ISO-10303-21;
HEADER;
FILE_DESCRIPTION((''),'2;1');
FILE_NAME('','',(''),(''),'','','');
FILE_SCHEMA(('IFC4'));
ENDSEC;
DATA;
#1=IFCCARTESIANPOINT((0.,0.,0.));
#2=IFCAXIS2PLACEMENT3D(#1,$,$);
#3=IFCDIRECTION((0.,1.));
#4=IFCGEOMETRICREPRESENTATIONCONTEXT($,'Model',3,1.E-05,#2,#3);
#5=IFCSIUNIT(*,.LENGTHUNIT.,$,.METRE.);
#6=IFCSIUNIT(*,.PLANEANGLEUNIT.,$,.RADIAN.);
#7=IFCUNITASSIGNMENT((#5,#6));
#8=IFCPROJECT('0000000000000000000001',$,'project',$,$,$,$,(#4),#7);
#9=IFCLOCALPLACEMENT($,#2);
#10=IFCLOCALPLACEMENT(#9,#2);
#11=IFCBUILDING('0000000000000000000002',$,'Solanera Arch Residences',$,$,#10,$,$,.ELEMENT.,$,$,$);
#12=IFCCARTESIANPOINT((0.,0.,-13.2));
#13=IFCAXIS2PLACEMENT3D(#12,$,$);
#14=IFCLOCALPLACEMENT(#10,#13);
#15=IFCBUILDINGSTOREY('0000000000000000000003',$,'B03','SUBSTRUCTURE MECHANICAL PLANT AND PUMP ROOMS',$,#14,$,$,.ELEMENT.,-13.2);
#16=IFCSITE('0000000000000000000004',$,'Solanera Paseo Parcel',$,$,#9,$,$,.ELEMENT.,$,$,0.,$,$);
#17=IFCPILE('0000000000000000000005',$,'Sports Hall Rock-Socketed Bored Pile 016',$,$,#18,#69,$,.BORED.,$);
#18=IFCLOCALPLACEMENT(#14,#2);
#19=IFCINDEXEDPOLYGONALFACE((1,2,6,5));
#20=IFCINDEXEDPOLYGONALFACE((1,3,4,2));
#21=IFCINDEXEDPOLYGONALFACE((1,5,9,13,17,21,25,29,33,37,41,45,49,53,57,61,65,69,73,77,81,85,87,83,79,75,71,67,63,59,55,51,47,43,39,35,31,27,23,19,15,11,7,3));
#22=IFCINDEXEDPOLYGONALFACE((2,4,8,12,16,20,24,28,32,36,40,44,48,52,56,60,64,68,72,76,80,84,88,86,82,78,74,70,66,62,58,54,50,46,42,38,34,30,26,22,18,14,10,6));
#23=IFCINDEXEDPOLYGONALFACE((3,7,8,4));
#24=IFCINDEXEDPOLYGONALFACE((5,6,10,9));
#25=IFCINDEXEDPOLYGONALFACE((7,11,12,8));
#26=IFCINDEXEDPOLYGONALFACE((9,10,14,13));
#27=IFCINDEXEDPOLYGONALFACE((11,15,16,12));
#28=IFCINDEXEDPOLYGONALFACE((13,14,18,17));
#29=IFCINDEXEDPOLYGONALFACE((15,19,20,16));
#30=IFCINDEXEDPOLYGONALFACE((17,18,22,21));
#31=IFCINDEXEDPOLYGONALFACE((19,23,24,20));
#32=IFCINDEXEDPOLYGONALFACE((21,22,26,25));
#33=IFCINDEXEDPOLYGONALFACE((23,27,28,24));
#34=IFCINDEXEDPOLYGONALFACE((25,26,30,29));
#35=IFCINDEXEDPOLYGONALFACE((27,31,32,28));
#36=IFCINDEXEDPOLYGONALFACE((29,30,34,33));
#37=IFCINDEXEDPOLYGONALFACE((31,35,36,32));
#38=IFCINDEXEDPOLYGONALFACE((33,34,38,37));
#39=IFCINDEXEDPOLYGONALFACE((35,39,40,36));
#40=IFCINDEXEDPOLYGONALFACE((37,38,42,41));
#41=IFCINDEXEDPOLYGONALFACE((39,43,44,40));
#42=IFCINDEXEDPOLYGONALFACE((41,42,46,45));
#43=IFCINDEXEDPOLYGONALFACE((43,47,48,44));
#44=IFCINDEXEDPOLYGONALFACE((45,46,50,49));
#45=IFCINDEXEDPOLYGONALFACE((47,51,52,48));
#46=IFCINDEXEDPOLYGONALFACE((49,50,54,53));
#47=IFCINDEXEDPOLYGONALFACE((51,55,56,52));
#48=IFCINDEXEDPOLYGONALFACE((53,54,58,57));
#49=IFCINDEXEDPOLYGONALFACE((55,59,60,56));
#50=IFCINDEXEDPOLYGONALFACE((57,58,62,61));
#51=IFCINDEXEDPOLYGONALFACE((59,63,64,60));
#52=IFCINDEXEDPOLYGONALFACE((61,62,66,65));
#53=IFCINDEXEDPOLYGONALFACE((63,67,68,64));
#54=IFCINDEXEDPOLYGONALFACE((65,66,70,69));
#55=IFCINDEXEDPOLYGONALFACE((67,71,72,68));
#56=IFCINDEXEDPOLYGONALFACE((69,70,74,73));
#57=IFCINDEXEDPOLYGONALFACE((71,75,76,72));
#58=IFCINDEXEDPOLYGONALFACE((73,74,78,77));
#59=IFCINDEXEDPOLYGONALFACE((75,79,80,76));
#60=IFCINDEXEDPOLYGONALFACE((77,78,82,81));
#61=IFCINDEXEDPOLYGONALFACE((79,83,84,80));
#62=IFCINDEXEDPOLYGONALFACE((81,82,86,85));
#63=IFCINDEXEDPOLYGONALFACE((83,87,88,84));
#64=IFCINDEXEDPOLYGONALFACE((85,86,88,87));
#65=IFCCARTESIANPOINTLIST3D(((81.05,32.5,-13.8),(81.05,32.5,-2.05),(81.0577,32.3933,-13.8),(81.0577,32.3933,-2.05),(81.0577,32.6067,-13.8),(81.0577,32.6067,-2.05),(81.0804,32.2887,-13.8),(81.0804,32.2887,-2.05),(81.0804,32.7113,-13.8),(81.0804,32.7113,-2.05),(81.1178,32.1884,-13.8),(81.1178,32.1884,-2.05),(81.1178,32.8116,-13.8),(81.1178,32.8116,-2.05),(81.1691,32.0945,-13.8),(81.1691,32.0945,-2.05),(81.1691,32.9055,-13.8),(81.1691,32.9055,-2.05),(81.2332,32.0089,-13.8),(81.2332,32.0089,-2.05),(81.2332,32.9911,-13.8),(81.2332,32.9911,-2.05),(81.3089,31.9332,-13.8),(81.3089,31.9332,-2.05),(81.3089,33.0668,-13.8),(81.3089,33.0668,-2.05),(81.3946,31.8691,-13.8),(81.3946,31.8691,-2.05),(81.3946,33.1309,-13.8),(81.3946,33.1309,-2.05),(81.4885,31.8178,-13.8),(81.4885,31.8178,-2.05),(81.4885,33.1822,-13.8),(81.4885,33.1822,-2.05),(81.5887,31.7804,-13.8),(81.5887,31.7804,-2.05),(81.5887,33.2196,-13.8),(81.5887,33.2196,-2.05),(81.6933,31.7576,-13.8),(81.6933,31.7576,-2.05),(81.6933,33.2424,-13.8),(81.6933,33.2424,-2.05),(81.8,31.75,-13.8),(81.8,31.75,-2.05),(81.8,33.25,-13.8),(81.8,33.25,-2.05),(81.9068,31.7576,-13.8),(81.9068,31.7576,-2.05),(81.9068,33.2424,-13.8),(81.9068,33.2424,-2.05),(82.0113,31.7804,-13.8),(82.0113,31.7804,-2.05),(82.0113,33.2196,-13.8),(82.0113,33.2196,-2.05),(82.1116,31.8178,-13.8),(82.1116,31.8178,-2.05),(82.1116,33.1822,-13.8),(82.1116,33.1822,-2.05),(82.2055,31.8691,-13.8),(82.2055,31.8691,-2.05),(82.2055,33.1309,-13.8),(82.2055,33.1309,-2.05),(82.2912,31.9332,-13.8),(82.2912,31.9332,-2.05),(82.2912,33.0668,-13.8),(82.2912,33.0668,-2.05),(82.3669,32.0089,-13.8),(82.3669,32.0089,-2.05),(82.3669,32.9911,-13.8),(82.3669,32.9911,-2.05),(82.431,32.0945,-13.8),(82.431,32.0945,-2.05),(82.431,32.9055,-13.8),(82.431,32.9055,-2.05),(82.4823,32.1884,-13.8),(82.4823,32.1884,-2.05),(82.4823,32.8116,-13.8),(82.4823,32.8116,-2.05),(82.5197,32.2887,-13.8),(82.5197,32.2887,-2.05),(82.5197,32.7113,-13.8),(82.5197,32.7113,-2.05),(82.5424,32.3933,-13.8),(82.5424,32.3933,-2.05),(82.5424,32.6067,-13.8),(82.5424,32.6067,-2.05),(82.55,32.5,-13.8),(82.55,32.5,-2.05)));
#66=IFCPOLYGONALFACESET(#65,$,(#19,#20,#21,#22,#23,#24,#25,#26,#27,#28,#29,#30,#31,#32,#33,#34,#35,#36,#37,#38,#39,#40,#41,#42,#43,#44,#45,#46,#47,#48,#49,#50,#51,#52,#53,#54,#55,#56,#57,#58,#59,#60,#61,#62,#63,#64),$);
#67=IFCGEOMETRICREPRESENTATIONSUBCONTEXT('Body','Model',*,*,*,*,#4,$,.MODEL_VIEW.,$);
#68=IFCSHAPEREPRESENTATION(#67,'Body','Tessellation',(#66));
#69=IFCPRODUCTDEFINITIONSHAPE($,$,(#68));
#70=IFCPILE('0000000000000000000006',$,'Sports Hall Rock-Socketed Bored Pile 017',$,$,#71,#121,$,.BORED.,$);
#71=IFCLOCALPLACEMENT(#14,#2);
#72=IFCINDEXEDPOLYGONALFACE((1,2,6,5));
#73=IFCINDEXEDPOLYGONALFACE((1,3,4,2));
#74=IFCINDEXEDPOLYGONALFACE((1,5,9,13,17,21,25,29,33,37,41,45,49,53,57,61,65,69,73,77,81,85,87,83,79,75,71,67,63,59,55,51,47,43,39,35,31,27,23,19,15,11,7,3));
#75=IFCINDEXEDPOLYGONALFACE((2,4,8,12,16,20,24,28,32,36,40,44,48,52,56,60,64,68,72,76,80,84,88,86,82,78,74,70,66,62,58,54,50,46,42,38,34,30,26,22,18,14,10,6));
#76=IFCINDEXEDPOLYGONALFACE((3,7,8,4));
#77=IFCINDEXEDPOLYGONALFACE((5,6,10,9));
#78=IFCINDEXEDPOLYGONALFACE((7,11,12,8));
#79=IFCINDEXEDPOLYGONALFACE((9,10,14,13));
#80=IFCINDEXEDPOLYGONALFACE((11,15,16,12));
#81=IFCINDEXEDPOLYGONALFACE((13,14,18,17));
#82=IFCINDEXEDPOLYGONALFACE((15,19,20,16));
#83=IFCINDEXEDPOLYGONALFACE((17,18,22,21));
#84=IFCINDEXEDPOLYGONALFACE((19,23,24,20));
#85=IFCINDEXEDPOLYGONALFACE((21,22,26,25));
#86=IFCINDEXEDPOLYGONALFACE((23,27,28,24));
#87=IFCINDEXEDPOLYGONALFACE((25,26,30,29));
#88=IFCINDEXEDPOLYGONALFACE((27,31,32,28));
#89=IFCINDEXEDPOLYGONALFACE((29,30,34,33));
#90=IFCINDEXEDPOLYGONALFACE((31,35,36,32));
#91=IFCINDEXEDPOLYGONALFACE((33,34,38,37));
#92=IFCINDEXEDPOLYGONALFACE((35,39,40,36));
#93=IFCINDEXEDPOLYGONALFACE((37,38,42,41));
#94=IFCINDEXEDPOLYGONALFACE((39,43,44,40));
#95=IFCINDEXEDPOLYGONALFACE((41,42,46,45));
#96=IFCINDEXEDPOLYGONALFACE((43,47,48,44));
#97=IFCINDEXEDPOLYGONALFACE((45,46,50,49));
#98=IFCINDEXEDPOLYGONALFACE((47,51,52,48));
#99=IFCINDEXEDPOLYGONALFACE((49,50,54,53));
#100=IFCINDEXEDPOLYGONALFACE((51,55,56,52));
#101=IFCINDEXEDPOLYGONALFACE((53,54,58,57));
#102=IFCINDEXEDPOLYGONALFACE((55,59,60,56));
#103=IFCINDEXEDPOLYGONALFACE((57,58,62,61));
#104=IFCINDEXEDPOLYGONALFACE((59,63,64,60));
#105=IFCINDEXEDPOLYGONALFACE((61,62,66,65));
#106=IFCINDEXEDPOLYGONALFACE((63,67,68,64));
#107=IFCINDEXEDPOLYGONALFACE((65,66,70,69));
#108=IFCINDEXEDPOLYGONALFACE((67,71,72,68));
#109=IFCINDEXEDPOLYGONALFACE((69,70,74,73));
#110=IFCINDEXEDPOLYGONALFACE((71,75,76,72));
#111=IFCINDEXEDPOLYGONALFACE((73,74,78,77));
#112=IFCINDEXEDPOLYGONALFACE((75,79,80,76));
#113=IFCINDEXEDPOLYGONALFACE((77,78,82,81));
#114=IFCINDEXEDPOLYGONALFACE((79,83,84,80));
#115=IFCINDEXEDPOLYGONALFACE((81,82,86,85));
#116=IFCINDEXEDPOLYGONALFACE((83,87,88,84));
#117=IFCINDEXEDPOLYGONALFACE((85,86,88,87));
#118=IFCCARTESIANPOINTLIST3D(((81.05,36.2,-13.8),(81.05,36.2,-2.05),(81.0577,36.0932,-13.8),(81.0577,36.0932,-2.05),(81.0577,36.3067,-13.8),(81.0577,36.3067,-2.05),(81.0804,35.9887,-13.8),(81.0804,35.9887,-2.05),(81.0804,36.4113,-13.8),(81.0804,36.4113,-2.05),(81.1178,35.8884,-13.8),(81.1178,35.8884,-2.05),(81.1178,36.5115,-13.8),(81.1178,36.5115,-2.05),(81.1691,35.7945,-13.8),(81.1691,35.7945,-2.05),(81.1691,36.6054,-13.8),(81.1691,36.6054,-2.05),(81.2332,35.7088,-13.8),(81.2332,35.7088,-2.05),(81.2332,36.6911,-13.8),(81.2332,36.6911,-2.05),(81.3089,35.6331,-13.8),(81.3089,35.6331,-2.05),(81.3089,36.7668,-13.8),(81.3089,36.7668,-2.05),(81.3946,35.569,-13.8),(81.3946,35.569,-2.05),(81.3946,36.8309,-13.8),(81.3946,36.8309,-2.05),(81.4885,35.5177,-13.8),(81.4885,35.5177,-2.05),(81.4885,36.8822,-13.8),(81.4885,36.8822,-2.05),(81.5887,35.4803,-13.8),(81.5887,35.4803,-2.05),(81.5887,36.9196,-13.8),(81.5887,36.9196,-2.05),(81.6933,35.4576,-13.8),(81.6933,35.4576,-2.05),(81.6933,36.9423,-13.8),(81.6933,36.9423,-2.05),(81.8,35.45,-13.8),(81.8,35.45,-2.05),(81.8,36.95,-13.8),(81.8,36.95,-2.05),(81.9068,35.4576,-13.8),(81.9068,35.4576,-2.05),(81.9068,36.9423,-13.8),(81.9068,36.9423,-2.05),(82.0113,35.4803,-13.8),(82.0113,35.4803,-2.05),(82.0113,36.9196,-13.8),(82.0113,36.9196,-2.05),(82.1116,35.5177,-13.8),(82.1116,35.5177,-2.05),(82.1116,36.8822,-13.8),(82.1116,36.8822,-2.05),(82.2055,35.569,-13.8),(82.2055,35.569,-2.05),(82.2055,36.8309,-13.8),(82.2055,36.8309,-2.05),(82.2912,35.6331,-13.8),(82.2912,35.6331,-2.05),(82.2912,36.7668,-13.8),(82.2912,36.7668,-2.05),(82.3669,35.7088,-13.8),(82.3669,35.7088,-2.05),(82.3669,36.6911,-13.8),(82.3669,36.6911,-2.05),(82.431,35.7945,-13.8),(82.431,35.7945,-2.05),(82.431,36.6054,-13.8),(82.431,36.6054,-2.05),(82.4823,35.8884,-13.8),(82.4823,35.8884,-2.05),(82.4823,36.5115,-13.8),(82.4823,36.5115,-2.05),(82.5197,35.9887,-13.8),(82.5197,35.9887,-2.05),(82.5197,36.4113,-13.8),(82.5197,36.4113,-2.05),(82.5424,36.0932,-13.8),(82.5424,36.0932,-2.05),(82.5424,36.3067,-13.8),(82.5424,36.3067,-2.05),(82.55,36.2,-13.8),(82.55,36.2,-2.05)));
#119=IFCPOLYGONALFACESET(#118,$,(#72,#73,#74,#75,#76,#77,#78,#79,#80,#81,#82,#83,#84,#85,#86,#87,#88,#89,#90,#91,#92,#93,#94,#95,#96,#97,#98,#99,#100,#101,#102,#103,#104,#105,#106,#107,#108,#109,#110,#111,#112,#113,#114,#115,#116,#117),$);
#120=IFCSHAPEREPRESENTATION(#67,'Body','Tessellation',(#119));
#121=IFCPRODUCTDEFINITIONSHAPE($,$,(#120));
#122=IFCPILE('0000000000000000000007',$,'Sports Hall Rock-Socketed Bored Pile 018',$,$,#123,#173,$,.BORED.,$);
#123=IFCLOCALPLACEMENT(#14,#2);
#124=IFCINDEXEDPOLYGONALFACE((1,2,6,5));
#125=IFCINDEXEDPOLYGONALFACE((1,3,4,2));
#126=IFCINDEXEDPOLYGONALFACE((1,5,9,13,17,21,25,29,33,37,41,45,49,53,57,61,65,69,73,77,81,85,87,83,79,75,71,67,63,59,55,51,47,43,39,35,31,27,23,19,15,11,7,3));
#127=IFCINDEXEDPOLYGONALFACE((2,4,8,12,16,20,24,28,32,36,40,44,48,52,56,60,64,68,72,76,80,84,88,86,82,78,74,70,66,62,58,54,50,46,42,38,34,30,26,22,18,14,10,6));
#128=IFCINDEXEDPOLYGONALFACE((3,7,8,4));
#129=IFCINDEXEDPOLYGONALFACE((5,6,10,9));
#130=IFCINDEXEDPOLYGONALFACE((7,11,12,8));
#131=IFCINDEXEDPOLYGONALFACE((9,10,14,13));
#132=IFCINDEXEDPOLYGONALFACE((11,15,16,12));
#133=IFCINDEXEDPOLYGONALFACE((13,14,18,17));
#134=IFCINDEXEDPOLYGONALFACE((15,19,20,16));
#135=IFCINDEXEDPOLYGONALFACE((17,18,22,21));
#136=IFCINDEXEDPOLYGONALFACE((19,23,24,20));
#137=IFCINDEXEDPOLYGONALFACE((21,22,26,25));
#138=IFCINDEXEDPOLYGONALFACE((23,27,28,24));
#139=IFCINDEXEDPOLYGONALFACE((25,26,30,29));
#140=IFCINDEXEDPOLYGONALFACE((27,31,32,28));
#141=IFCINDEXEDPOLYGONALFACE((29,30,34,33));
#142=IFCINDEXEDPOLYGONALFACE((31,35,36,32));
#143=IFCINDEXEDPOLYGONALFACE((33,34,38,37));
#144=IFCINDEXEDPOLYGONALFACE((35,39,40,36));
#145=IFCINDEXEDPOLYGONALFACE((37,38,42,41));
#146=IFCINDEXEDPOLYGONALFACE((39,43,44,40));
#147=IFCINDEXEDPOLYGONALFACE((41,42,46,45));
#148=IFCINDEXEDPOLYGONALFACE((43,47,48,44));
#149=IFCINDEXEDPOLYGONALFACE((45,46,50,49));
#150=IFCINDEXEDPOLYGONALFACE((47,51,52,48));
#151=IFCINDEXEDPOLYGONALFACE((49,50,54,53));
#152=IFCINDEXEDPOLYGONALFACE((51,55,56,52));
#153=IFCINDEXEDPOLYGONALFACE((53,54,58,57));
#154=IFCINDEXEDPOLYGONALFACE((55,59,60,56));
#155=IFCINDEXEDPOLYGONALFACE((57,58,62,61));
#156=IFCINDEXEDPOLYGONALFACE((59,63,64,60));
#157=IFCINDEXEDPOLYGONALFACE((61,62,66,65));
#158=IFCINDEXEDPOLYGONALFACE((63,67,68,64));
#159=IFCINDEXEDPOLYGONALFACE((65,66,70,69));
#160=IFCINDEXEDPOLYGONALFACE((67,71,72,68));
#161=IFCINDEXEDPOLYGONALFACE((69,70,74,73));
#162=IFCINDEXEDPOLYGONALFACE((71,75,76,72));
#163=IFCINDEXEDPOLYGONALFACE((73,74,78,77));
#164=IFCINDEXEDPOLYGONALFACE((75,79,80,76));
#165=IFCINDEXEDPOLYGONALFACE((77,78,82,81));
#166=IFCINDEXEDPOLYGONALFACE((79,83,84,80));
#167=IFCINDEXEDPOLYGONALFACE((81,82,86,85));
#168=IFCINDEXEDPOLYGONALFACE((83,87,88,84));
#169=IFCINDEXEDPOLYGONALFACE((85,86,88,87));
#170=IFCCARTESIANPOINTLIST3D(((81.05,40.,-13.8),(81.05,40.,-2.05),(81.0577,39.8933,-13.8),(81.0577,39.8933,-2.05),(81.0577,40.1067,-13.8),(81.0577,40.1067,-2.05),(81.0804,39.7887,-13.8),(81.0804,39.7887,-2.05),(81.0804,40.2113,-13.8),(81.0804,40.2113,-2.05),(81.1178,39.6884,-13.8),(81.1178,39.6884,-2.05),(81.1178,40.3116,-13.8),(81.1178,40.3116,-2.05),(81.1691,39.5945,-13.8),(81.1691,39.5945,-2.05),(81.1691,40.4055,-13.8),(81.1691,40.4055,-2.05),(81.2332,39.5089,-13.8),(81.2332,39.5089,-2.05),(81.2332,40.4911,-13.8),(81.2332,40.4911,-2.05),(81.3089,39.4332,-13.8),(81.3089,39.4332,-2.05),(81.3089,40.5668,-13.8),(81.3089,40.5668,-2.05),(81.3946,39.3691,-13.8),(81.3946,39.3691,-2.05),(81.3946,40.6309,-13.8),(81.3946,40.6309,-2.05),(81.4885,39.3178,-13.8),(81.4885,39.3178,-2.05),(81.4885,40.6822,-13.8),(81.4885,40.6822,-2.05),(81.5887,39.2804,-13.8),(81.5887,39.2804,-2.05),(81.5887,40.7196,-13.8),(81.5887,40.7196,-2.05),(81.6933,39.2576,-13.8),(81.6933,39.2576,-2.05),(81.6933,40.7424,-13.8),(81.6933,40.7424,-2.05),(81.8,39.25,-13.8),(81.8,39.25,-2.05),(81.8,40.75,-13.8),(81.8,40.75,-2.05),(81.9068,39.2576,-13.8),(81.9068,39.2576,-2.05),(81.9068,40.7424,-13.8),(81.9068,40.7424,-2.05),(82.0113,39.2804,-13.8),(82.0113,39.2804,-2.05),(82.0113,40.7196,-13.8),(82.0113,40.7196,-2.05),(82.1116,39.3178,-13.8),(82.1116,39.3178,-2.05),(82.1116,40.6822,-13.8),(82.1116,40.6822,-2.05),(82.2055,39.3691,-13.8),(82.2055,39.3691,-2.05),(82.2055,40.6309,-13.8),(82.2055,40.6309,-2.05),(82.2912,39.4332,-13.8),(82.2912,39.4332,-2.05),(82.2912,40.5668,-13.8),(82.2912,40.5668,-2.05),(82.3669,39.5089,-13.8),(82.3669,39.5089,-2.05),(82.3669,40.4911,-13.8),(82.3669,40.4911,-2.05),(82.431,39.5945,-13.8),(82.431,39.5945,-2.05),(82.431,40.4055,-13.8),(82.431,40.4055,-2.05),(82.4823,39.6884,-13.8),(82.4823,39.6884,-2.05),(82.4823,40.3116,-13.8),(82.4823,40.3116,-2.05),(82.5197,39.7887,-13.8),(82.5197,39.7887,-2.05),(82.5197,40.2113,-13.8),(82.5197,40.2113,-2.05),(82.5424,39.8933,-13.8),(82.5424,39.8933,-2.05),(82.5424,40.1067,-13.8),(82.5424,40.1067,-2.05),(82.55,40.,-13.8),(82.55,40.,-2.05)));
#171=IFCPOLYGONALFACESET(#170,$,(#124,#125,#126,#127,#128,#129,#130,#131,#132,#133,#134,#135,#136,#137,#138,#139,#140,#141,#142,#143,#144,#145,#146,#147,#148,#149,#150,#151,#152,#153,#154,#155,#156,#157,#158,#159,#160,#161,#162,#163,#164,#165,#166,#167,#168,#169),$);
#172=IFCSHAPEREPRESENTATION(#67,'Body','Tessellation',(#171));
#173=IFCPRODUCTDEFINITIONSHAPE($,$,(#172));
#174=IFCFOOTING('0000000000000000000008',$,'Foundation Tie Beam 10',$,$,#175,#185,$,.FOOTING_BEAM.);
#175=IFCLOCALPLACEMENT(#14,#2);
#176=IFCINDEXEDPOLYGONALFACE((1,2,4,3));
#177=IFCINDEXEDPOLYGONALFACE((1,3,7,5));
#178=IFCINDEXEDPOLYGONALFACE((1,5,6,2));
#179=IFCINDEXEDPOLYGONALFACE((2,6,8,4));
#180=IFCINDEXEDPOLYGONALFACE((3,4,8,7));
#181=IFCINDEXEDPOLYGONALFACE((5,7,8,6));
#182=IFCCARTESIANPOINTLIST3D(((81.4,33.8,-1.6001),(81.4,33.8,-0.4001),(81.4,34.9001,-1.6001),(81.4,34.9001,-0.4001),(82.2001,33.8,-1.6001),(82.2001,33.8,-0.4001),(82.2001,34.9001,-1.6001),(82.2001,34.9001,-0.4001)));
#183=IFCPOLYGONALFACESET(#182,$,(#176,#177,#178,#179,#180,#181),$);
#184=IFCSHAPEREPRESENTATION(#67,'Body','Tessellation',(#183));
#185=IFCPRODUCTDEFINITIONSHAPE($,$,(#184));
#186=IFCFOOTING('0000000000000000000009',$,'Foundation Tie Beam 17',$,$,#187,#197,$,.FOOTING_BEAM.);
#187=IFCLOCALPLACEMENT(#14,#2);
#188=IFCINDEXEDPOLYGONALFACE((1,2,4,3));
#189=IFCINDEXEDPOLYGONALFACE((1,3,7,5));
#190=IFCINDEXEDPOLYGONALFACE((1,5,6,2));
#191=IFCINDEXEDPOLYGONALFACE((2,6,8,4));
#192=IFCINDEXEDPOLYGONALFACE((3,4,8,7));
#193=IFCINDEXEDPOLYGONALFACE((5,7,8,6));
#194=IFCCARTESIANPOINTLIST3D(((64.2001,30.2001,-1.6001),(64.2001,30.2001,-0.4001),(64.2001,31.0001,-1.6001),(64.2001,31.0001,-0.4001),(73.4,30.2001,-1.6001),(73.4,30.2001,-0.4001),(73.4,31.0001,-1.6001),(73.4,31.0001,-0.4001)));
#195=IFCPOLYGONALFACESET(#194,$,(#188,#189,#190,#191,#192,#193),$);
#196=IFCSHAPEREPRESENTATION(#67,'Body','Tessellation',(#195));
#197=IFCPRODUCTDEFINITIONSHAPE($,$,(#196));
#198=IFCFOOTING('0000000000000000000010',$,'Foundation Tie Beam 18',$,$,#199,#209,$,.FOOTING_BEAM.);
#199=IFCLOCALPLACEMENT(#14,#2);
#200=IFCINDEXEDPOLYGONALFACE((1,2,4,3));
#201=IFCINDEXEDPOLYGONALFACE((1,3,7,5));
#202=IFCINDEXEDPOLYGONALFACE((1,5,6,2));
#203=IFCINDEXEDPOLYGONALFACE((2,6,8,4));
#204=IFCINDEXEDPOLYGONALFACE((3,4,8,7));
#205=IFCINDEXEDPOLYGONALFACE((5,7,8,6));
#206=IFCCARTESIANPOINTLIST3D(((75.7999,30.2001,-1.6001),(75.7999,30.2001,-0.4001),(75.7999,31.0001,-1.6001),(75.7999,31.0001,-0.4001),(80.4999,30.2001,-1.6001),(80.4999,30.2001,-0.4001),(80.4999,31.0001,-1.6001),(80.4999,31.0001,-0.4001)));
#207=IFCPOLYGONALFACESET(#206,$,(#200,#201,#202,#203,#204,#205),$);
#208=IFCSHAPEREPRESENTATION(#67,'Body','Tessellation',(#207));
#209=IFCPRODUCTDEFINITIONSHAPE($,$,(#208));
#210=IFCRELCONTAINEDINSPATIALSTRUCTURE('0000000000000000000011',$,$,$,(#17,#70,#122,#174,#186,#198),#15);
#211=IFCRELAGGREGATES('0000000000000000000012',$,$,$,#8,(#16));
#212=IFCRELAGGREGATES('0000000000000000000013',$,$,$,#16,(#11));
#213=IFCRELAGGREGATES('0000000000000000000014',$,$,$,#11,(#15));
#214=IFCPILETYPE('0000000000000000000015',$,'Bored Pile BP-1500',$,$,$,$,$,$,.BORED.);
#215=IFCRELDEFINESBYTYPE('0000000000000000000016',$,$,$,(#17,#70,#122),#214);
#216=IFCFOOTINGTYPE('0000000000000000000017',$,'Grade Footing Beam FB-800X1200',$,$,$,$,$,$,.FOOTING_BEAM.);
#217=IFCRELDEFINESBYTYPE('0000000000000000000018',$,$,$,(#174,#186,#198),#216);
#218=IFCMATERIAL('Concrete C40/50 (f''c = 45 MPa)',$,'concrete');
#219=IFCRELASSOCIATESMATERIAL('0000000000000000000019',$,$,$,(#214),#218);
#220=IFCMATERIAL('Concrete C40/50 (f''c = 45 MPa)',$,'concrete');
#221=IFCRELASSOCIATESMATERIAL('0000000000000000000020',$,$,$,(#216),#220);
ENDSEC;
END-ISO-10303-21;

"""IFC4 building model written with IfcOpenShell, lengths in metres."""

from ifc_helpers import new_model, si_unit, direction, frame, origin, origin_2d, place, context, subcontext, project, spatial, rectangle, circle, extrude, material, material_profile, profile_set, type_object, element, save


model = new_model("IFC4")

# Units and contexts
model_context = context("Model", 3, precision=1e-05, world=origin(), true_north=direction((0.0, 1.0)))
body_context = subcontext(model_context, "Body", "Model", "MODEL_VIEW")
ifc_project = project(units=[si_unit("LENGTHUNIT", "METRE"), si_unit("PLANEANGLEUNIT", "RADIAN")], contexts=[model_context])

# Site, building, storey
site_placement = place(None, origin())
site = spatial("IfcSite", under=ifc_project, at=site_placement, Name="Solanera Paseo Parcel", CompositionType="ELEMENT", RefElevation=0.0)
building_placement = place(site_placement, origin())
building = spatial("IfcBuilding", under=site, at=building_placement, Name="Solanera Arch Residences", CompositionType="ELEMENT")
storey_placement = place(building_placement, frame((0.0, 0.0, -13.2)))
storey = spatial("IfcBuildingStorey", under=building, at=storey_placement, Name="B03", Description="SUBSTRUCTURE MECHANICAL PLANT AND PUMP ROOMS", CompositionType="ELEMENT", Elevation=-13.2)

# Piles
ifc_material_1 = material(Name="Concrete C40/50 (f'c = 45 MPa)", Category="concrete")
ifc_material_profile_1 = material_profile(ifc_material_1, circle(Radius=0.75, at=origin_2d()))
ifc_profile_set_1 = profile_set([ifc_material_profile_1], Name="Concrete C40/50 (f'c = 45 MPa)")
pile_type = type_object("IfcPileType", Name="Bored Pile BP-1500", PredefinedType="BORED", material=ifc_profile_set_1)
for number, where, z_axis, x_axis, name in (
    (1, (81.8, 32.5, -2.05), (0.0, 0.0, -1.0), (1.0, 0.0, 0.0), "Sports Hall Rock-Socketed Bored Pile 016"),
    (2, (81.8, 36.2, -2.05), (0.0, 0.0, -1.0), (1.0, 0.0, 0.0), "Sports Hall Rock-Socketed Bored Pile 017"),
    (3, (81.8, 40.0, -2.05), (0.0, 0.0, -1.0), (1.0, 0.0, 0.0), "Sports Hall Rock-Socketed Bored Pile 018"),
):
    element("IfcPile", number, at=place(storey_placement, frame(where, z_axis=z_axis, x_axis=x_axis)), inside=storey, type_object=pile_type, Name=name, PredefinedType="BORED", context=body_context, shape_type="SweptSolid", body=[
        extrude(circle(Radius=0.75, at=origin_2d()), origin(), (0.0, 0.0, 1.0), 11.75),
    ])

# Footings
ifc_material_2 = material(Name="Concrete C40/50 (f'c = 45 MPa)", Category="concrete")
footing_type_1 = type_object("IfcFootingType", Name="Grade Footing Beam FB-800X1200", PredefinedType="FOOTING_BEAM", material=ifc_material_2)
footing_1_placement = place(storey_placement, frame((81.8, 34.3501, -1.6001), z_axis=(0.0, 0.0, 1.0), x_axis=(1.0, 0.0, 0.0)))
element("IfcFooting", 4, at=footing_1_placement, inside=storey, type_object=footing_type_1, Name="Foundation Tie Beam 10", PredefinedType="FOOTING_BEAM", context=body_context, shape_type="SweptSolid", body=[
    extrude(rectangle(XDim=0.8, YDim=1.1001, at=origin_2d()), origin(), (0.0, 0.0, 1.0), 1.2),
])
footing_2_placement = place(storey_placement, frame((68.8, 30.6001, -1.6001), z_axis=(0.0, 0.0, 1.0), x_axis=(1.0, 0.0, 0.0)))
element("IfcFooting", 5, at=footing_2_placement, inside=storey, type_object=footing_type_1, Name="Foundation Tie Beam 17", PredefinedType="FOOTING_BEAM", context=body_context, shape_type="SweptSolid", body=[
    extrude(rectangle(XDim=9.2, YDim=0.8, at=origin_2d()), origin(), (0.0, 0.0, 1.0), 1.2),
])
footing_3_placement = place(storey_placement, frame((78.1499, 30.6001, -1.6001), z_axis=(0.0, 0.0, 1.0), x_axis=(1.0, 0.0, 0.0)))
element("IfcFooting", 6, at=footing_3_placement, inside=storey, type_object=footing_type_1, Name="Foundation Tie Beam 18", PredefinedType="FOOTING_BEAM", context=body_context, shape_type="SweptSolid", body=[
    extrude(rectangle(XDim=4.7, YDim=0.8, at=origin_2d()), origin(), (0.0, 0.0, 1.0), 1.2),
])

save(model, "model.ifc")
